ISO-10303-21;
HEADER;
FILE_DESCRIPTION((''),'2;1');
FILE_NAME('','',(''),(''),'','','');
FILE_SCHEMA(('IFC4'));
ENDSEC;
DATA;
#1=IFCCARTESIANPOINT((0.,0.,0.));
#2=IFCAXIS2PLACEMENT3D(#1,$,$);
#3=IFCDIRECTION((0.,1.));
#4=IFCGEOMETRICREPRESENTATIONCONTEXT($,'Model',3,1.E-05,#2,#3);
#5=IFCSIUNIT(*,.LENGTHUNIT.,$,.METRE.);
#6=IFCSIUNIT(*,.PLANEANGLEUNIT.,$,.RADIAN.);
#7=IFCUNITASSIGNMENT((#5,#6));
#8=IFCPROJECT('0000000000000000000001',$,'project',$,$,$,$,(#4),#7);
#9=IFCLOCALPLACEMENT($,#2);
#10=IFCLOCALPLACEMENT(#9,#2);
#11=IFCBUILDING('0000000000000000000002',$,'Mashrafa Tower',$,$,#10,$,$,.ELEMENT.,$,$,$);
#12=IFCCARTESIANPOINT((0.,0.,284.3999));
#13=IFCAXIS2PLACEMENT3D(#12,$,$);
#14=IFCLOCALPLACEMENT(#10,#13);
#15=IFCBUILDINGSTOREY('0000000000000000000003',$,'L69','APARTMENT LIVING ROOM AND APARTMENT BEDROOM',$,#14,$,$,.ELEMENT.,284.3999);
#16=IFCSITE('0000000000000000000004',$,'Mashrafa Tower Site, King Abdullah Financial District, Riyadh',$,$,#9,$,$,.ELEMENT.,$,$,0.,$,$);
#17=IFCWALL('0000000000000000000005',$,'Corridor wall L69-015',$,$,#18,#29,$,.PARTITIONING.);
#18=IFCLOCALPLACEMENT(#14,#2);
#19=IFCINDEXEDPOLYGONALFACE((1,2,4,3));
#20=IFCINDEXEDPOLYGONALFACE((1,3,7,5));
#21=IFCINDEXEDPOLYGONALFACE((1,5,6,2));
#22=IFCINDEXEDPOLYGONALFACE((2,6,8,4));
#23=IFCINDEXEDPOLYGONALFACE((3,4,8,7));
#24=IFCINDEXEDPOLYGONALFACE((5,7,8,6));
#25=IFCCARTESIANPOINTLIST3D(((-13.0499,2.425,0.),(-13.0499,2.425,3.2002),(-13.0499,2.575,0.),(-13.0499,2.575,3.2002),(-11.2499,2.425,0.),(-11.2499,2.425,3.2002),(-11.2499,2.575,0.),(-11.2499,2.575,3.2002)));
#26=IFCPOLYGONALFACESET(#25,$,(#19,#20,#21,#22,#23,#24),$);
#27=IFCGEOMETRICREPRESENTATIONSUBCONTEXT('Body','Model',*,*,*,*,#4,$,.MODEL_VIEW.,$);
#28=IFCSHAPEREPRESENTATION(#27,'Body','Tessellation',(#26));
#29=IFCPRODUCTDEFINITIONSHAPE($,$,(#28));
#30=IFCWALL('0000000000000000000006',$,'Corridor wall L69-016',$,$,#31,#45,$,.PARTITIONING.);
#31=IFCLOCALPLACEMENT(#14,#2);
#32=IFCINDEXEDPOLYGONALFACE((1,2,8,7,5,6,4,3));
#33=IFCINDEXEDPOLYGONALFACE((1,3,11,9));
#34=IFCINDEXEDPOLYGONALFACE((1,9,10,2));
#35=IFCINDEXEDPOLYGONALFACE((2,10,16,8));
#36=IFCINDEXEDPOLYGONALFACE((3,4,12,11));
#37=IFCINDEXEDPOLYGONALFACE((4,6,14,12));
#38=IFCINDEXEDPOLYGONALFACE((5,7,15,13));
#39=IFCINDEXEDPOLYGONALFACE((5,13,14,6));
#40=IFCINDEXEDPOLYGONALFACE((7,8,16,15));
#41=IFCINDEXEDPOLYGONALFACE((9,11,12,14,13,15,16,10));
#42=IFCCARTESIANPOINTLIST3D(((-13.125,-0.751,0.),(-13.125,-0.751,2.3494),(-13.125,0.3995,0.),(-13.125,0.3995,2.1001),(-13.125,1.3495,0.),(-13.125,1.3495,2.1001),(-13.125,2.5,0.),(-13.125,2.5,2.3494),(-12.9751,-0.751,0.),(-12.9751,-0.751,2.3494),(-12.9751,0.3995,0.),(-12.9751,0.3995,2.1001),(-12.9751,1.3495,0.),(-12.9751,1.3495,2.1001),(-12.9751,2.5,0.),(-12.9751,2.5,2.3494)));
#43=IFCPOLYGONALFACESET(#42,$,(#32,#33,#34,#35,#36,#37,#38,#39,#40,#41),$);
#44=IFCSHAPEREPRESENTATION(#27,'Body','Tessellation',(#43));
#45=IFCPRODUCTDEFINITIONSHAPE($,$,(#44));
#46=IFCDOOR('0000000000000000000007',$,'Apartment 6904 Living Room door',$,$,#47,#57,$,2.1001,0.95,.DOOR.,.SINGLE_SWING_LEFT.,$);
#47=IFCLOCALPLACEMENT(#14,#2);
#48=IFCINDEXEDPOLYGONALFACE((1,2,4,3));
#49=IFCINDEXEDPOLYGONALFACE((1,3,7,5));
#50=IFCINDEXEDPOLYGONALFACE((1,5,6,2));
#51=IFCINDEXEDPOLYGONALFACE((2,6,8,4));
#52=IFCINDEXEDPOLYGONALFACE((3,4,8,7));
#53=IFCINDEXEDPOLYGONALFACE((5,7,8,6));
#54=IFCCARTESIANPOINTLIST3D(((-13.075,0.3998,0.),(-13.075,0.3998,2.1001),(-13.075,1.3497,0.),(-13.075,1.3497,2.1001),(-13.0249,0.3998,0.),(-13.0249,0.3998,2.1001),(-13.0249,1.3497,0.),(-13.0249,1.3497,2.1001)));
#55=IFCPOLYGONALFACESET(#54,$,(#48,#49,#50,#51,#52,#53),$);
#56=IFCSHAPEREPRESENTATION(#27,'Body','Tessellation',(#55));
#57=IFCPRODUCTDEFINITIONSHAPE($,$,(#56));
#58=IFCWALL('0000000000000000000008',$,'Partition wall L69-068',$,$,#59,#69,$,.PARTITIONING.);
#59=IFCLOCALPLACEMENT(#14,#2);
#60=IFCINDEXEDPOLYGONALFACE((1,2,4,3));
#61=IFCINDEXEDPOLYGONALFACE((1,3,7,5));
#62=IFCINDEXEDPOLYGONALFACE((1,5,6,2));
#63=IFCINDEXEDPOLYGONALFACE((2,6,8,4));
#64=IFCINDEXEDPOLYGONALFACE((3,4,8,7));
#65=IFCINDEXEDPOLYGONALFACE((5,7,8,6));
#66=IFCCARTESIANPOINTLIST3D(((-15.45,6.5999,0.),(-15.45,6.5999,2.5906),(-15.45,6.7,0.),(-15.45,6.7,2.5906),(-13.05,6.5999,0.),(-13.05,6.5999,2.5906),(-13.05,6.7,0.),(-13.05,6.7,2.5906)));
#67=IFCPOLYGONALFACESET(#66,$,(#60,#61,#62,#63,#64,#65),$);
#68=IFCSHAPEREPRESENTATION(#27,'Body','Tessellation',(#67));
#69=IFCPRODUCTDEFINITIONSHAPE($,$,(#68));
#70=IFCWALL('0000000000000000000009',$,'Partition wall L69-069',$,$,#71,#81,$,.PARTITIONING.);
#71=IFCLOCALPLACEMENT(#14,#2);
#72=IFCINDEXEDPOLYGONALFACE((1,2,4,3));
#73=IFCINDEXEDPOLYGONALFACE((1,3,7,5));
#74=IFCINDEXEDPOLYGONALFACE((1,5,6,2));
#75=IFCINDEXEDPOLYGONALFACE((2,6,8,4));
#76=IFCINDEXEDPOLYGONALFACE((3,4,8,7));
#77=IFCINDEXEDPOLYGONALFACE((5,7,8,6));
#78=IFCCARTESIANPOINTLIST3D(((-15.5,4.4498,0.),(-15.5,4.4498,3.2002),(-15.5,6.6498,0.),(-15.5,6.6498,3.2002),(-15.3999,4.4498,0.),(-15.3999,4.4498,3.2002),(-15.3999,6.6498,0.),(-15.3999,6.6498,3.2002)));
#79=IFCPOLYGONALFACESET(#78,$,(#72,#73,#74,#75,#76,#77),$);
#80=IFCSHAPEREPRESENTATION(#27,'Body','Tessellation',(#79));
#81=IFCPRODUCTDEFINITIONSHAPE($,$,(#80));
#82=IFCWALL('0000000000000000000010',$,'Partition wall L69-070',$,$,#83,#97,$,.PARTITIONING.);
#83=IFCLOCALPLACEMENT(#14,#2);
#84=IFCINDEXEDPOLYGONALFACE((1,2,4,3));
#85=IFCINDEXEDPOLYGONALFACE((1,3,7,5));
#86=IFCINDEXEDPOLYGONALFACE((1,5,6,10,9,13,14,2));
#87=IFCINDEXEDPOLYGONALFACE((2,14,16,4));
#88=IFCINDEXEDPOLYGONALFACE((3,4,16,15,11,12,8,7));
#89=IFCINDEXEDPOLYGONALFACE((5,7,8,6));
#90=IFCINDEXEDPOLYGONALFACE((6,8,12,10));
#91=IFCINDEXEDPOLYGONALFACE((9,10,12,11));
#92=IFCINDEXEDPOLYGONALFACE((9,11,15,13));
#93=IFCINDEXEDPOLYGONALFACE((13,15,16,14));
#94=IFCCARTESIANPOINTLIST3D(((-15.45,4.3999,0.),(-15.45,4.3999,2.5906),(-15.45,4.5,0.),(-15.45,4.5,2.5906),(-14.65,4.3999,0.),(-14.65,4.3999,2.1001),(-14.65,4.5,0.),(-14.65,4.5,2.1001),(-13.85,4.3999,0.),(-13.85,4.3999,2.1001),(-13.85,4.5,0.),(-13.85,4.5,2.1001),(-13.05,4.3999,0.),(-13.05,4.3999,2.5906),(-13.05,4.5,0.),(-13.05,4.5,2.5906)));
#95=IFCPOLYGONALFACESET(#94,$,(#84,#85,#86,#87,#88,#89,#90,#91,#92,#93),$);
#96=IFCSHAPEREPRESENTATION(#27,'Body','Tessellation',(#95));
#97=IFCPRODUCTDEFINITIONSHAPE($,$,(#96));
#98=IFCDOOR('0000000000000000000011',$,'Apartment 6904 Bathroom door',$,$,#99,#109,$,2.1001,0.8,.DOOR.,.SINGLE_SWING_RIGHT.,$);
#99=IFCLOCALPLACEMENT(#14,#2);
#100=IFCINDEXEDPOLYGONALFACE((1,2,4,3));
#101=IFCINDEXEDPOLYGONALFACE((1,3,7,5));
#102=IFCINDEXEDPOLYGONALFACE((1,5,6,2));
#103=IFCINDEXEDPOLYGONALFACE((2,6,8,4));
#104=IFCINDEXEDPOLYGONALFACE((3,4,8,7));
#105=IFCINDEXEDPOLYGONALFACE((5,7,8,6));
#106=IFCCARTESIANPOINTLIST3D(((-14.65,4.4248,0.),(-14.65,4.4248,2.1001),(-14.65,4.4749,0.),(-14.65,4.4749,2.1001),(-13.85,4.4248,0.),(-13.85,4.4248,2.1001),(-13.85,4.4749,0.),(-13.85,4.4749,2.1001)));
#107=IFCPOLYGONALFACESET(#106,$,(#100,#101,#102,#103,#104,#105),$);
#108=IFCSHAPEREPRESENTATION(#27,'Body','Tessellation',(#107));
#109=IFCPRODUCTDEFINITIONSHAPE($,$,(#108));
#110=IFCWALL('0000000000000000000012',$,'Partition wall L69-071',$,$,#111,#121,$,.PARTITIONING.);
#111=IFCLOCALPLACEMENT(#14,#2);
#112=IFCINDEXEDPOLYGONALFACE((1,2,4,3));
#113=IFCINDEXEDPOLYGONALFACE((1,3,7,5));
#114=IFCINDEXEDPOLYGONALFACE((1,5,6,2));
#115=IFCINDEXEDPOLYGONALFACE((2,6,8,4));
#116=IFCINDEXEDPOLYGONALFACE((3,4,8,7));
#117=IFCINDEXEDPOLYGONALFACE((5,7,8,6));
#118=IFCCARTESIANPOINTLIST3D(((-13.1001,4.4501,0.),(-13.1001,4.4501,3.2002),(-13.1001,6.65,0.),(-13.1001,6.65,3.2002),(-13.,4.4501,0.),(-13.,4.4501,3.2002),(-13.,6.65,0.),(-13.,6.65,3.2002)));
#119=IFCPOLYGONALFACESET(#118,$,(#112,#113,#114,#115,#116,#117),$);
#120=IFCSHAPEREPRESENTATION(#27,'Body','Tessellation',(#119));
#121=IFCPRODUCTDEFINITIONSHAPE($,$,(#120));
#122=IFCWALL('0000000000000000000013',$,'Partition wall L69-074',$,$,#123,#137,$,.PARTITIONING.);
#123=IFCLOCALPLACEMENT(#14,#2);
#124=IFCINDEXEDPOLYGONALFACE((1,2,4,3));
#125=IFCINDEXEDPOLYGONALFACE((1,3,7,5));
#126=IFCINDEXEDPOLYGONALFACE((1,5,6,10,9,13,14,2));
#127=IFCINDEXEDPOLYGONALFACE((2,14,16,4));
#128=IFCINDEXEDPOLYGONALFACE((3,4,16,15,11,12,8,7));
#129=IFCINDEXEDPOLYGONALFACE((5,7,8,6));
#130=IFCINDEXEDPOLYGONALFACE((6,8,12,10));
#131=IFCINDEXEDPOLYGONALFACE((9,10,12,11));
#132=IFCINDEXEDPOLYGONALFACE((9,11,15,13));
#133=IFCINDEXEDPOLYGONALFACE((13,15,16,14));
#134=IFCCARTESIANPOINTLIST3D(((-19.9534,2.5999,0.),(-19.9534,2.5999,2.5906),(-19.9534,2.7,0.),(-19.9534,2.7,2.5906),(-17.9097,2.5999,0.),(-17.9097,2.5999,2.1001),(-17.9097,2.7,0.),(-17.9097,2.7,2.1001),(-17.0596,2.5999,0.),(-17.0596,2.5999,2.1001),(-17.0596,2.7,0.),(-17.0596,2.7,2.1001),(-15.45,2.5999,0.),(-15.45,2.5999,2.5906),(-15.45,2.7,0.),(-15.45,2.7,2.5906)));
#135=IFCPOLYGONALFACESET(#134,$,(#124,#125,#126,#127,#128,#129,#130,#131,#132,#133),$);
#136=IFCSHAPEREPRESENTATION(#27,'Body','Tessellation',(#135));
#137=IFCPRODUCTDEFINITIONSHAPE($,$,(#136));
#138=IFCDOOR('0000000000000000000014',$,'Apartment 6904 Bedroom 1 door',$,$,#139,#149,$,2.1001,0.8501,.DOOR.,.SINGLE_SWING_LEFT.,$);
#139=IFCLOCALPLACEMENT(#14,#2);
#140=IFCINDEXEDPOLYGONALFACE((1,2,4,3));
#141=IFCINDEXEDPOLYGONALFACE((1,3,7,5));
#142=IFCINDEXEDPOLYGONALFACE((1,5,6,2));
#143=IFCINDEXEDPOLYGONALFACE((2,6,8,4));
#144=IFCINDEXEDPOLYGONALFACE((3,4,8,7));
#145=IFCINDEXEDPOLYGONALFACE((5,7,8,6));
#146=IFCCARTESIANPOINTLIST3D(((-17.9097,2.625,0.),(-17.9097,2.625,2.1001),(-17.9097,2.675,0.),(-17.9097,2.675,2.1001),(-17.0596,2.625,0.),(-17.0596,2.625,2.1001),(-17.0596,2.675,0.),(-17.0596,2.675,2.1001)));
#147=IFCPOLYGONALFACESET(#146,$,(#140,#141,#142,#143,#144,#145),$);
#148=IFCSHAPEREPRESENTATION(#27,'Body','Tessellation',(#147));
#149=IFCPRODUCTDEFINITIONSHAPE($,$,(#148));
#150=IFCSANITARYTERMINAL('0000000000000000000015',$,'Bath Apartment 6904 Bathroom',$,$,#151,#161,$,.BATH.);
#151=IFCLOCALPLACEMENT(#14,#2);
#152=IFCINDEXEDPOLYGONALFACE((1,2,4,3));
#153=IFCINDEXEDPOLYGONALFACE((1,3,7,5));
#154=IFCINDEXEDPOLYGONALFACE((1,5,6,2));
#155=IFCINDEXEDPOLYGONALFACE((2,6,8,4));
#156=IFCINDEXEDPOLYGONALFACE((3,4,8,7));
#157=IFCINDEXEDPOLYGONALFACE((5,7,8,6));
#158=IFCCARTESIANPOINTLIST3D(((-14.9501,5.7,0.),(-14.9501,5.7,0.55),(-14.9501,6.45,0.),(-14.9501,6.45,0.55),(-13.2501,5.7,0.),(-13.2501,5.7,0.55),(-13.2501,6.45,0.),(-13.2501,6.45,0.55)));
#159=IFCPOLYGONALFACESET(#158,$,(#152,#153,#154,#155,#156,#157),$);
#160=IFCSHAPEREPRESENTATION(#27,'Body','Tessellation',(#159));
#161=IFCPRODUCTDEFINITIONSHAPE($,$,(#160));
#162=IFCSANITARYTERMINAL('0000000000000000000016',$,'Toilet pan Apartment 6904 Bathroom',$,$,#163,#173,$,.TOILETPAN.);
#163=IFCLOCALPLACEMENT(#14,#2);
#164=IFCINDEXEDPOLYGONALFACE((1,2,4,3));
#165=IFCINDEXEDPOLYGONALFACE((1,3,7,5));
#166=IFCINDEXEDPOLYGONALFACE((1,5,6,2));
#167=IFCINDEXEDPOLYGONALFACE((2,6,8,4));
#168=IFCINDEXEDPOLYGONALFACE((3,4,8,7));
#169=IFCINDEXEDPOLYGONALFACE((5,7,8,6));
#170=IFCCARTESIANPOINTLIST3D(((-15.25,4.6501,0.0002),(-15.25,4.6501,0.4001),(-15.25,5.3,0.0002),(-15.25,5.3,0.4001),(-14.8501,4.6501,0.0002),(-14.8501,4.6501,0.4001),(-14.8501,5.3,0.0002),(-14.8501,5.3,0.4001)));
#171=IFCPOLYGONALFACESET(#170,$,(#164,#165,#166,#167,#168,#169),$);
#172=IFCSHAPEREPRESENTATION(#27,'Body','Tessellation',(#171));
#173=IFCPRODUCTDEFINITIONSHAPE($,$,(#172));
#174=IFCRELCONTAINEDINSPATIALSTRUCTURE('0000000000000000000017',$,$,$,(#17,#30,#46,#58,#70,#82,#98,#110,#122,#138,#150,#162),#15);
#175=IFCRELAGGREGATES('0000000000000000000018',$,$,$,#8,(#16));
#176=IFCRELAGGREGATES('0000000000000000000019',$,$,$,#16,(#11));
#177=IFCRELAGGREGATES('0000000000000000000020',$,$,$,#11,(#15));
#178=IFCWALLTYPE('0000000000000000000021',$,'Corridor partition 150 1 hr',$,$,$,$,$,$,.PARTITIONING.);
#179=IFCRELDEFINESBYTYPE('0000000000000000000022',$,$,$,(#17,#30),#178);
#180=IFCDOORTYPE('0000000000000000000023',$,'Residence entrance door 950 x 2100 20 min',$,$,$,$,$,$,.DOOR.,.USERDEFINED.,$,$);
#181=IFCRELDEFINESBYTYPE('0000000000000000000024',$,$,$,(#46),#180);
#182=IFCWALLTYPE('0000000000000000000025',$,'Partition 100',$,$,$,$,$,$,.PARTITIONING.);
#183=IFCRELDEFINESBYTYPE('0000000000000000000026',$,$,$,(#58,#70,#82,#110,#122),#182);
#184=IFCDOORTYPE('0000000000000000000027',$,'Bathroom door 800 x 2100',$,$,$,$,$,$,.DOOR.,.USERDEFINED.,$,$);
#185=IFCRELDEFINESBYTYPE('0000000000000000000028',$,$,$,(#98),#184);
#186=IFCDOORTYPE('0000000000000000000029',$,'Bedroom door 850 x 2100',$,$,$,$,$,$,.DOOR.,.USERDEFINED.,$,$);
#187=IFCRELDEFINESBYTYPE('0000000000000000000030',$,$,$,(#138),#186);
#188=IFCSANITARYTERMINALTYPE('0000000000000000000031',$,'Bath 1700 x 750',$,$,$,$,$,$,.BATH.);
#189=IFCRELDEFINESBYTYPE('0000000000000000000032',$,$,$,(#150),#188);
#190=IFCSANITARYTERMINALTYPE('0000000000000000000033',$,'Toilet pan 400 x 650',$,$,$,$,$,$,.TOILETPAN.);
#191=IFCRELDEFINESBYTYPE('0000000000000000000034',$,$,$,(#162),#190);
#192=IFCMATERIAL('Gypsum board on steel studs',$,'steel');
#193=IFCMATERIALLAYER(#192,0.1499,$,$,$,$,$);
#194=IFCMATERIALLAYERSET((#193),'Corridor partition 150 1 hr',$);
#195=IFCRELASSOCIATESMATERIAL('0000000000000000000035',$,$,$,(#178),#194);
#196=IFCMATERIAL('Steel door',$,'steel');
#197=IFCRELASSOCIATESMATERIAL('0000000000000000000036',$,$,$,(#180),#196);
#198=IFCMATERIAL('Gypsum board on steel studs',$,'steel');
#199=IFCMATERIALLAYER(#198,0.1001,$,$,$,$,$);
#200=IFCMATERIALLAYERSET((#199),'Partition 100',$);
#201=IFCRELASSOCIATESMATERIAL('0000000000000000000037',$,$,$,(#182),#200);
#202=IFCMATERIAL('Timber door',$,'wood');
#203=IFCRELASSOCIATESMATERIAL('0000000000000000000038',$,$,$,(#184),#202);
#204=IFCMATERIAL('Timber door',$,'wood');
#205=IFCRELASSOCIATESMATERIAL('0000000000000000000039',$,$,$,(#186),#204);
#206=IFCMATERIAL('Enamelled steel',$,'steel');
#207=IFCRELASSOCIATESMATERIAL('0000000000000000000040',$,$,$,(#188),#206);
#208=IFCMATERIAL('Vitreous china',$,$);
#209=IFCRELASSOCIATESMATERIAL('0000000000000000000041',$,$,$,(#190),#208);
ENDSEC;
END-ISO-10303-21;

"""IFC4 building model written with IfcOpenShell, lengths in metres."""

from ifc_helpers import new_model, si_unit, direction, frame, frame_2d, origin, origin_2d, place, context, subcontext, project, spatial, rectangle, extrude, material, layer, layer_set, type_object, element, fill, save


model = new_model("IFC4")

# Units and contexts
model_context = context("Model", 3, precision=1e-05, world=origin(), true_north=direction((0.0, 1.0)))
body_context = subcontext(model_context, "Body", "Model", "MODEL_VIEW")
ifc_project = project(units=[si_unit("LENGTHUNIT", "METRE"), si_unit("PLANEANGLEUNIT", "RADIAN")], contexts=[model_context])

# Site, building, storey
site_placement = place(None, origin())
site = spatial("IfcSite", under=ifc_project, at=site_placement, Name="Mashrafa Tower Site, King Abdullah Financial District, Riyadh", CompositionType="ELEMENT", RefElevation=0.0)
building_placement = place(site_placement, origin())
building = spatial("IfcBuilding", under=site, at=building_placement, Name="Mashrafa Tower", CompositionType="ELEMENT")
storey_placement = place(building_placement, frame((0.0, 0.0, 284.3999)))
storey = spatial("IfcBuildingStorey", under=building, at=storey_placement, Name="L69", Description="APARTMENT LIVING ROOM AND APARTMENT BEDROOM", CompositionType="ELEMENT", Elevation=284.3999)

# Wall
ifc_material_1 = material(Name="Gypsum board on steel studs", Category="steel")
ifc_layer_1 = layer(ifc_material_1, 0.1499)
ifc_layer_set_1 = layer_set([ifc_layer_1], Name="Corridor partition 150 1 hr")
wall_type_1 = type_object("IfcWallType", Name="Corridor partition 150 1 hr", PredefinedType="PARTITIONING", material=ifc_layer_set_1)
wall_1_placement = place(storey_placement, frame((-11.25, 2.5, 0.0), z_axis=(0.0, 0.0, 1.0), x_axis=(-1.0, 0.0, 0.0)))
element("IfcWall", 1, at=wall_1_placement, inside=storey, type_object=wall_type_1, Name="Corridor wall L69-015", PredefinedType="PARTITIONING", context=body_context, shape_type="SweptSolid", body=[
    extrude(rectangle(XDim=1.8, YDim=0.1499, at=frame_2d((0.8999, 0.0))), origin(), (0.0, 0.0, 1.0), 3.2002),
])

# Wall, opening, door
wall_2_placement = place(storey_placement, frame((-13.05, 2.5, 0.0), z_axis=(0.0, 0.0, 1.0), x_axis=(0.0, -1.0, 0.0)))
wall_2 = element("IfcWall", 2, at=wall_2_placement, inside=storey, type_object=wall_type_1, Name="Corridor wall L69-016", PredefinedType="PARTITIONING", context=body_context, shape_type="SweptSolid", body=[
    extrude(rectangle(XDim=3.251, YDim=0.1499, at=frame_2d((1.6255, 0.0))), origin(), (0.0, 0.0, 1.0), 2.3494),
])
opening_1_placement = place(wall_2_placement, frame((1.1504, 0.0, 0.0)))
opening_1 = element("IfcOpeningElement", 3, at=opening_1_placement, cuts=wall_2, PredefinedType="OPENING", context=body_context, shape_type="SweptSolid", body=[
    extrude(rectangle(XDim=0.95, YDim=2.1001, at=frame_2d((0.4751, 1.05))), frame((0.0, 0.085, 0.0), z_axis=(0.0, -1.0, 0.0), x_axis=(1.0, 0.0, 0.0)), (0.0, 0.0, 1.0), 0.1699),
])
ifc_material_2 = material(Name="Steel door", Category="steel")
door_type_1 = type_object("IfcDoorType", Name="Residence entrance door 950 x 2100 20 min", OperationType="USERDEFINED", PredefinedType="DOOR", material=ifc_material_2)
door_1_placement = place(opening_1_placement, frame((0.95, 0.0, 0.0), z_axis=(0.0, 0.0, 1.0), x_axis=(-1.0, 0.0, 0.0)))
door_1 = element("IfcDoor", 4, at=door_1_placement, inside=storey, type_object=door_type_1, Name="Apartment 6904 Living Room door", OperationType="SINGLE_SWING_LEFT", OverallHeight=2.1001, OverallWidth=0.95, PredefinedType="DOOR", context=body_context, shape_type="SweptSolid", body=[
    extrude(rectangle(XDim=0.95, YDim=2.1001, at=frame_2d((0.4751, 1.05))), frame((0.0, 0.0249, 0.0), z_axis=(0.0, -1.0, 0.0), x_axis=(1.0, 0.0, 0.0)), (0.0, 0.0, 1.0), 0.05),
])
fill(opening_1, door_1)

# Walls
ifc_material_3 = material(Name="Gypsum board on steel studs", Category="steel")
ifc_layer_2 = layer(ifc_material_3, 0.1001)
ifc_layer_set_2 = layer_set([ifc_layer_2], Name="Partition 100")
wall_type_2 = type_object("IfcWallType", Name="Partition 100", PredefinedType="PARTITIONING", material=ifc_layer_set_2)
wall_3_placement = place(storey_placement, frame((-15.45, 6.6499, 0.0), z_axis=(0.0, 0.0, 1.0), x_axis=(1.0, 0.0, 0.0)))
element("IfcWall", 5, at=wall_3_placement, inside=storey, type_object=wall_type_2, Name="Partition wall L69-068", PredefinedType="PARTITIONING", context=body_context, shape_type="SweptSolid", body=[
    extrude(rectangle(XDim=2.3999, YDim=0.1001, at=frame_2d((1.2, 0.0))), origin(), (0.0, 0.0, 1.0), 2.5906),
])
wall_4_placement = place(storey_placement, frame((-15.45, 6.6499, 0.0), z_axis=(0.0, 0.0, 1.0), x_axis=(0.0, -1.0, 0.0)))
element("IfcWall", 6, at=wall_4_placement, inside=storey, type_object=wall_type_2, Name="Partition wall L69-069", PredefinedType="PARTITIONING", context=body_context, shape_type="SweptSolid", body=[
    extrude(rectangle(XDim=2.2, YDim=0.1001, at=frame_2d((1.1001, 0.0))), origin(), (0.0, 0.0, 1.0), 3.2002),
])

# Wall, opening, door
wall_5_placement = place(storey_placement, frame((-15.45, 4.45, 0.0), z_axis=(0.0, 0.0, 1.0), x_axis=(1.0, 0.0, 0.0)))
wall_5 = element("IfcWall", 7, at=wall_5_placement, inside=storey, type_object=wall_type_2, Name="Partition wall L69-070", PredefinedType="PARTITIONING", context=body_context, shape_type="SweptSolid", body=[
    extrude(rectangle(XDim=2.3999, YDim=0.1001, at=frame_2d((1.2, 0.0))), origin(), (0.0, 0.0, 1.0), 2.5906),
])
opening_2_placement = place(wall_5_placement, frame((0.8, 0.0, 0.0)))
opening_2 = element("IfcOpeningElement", 8, at=opening_2_placement, cuts=wall_5, PredefinedType="OPENING", context=body_context, shape_type="SweptSolid", body=[
    extrude(rectangle(XDim=0.8, YDim=2.1001, at=frame_2d((0.3999, 1.05))), frame((0.0, 0.0601, 0.0), z_axis=(0.0, -1.0, 0.0), x_axis=(1.0, 0.0, 0.0)), (0.0, 0.0, 1.0), 0.1201),
])
ifc_material_4 = material(Name="Timber door", Category="wood")
door_type_2 = type_object("IfcDoorType", Name="Bathroom door 800 x 2100", OperationType="USERDEFINED", PredefinedType="DOOR", material=ifc_material_4)
door_2_placement = place(opening_2_placement, origin())
door_2 = element("IfcDoor", 9, at=door_2_placement, inside=storey, type_object=door_type_2, Name="Apartment 6904 Bathroom door", OperationType="SINGLE_SWING_RIGHT", OverallHeight=2.1001, OverallWidth=0.8, PredefinedType="DOOR", context=body_context, shape_type="SweptSolid", body=[
    extrude(rectangle(XDim=0.8, YDim=2.1001, at=frame_2d((0.3999, 1.05))), frame((0.0, 0.0249, 0.0), z_axis=(0.0, -1.0, 0.0), x_axis=(1.0, 0.0, 0.0)), (0.0, 0.0, 1.0), 0.05),
])
fill(opening_2, door_2)

# Wall
wall_6_placement = place(storey_placement, frame((-13.05, 4.45, 0.0), z_axis=(0.0, 0.0, 1.0), x_axis=(0.0, 1.0, 0.0)))
element("IfcWall", 10, at=wall_6_placement, inside=storey, type_object=wall_type_2, Name="Partition wall L69-071", PredefinedType="PARTITIONING", context=body_context, shape_type="SweptSolid", body=[
    extrude(rectangle(XDim=2.2, YDim=0.1001, at=frame_2d((1.1001, 0.0))), origin(), (0.0, 0.0, 1.0), 3.2002),
])

# Wall, opening, door
wall_7_placement = place(storey_placement, frame((-15.45, 2.6499, 0.0), z_axis=(0.0, 0.0, 1.0), x_axis=(-1.0, 0.0, 0.0)))
wall_7 = element("IfcWall", 11, at=wall_7_placement, inside=storey, type_object=wall_type_2, Name="Partition wall L69-074", PredefinedType="PARTITIONING", context=body_context, shape_type="SweptSolid", body=[
    extrude(rectangle(XDim=4.5034, YDim=0.1001, at=frame_2d((2.2517, 0.0))), origin(), (0.0, 0.0, 1.0), 2.5906),
])
opening_3_placement = place(wall_7_placement, frame((1.6096, 0.0, 0.0)))
opening_3 = element("IfcOpeningElement", 12, at=opening_3_placement, cuts=wall_7, PredefinedType="OPENING", context=body_context, shape_type="SweptSolid", body=[
    extrude(rectangle(XDim=0.8501, YDim=2.1001, at=frame_2d((0.425, 1.05))), frame((0.0, 0.0601, 0.0), z_axis=(0.0, -1.0, 0.0), x_axis=(1.0, 0.0, 0.0)), (0.0, 0.0, 1.0), 0.1201),
])
ifc_material_5 = material(Name="Timber door", Category="wood")
door_type_3 = type_object("IfcDoorType", Name="Bedroom door 850 x 2100", OperationType="USERDEFINED", PredefinedType="DOOR", material=ifc_material_5)
door_3_placement = place(opening_3_placement, origin())
door_3 = element("IfcDoor", 13, at=door_3_placement, inside=storey, type_object=door_type_3, Name="Apartment 6904 Bedroom 1 door", OperationType="SINGLE_SWING_LEFT", OverallHeight=2.1001, OverallWidth=0.8501, PredefinedType="DOOR", context=body_context, shape_type="SweptSolid", body=[
    extrude(rectangle(XDim=0.8501, YDim=2.1001, at=frame_2d((0.425, 1.05))), frame((0.0, 0.0249, 0.0), z_axis=(0.0, -1.0, 0.0), x_axis=(1.0, 0.0, 0.0)), (0.0, 0.0, 1.0), 0.05),
])
fill(opening_3, door_3)

# Sanitary terminals
ifc_material_6 = material(Name="Enamelled steel", Category="steel")
sanitary_terminal_type_1 = type_object("IfcSanitaryTerminalType", Name="Bath 1700 x 750", PredefinedType="BATH", material=ifc_material_6)
sanitary_terminal_1_placement = place(storey_placement, frame((-14.1001, 6.075, 0.0), z_axis=(0.0, 0.0, 1.0), x_axis=(-1.0, 0.0, 0.0)))
element("IfcSanitaryTerminal", 14, at=sanitary_terminal_1_placement, inside=storey, type_object=sanitary_terminal_type_1, Name="Bath Apartment 6904 Bathroom", PredefinedType="BATH", context=body_context, shape_type="SweptSolid", body=[
    extrude(rectangle(XDim=1.7, YDim=0.75, at=origin_2d()), origin(), (0.0, 0.0, 1.0), 0.55),
])
ifc_material_7 = material(Name="Vitreous china")
sanitary_terminal_type_2 = type_object("IfcSanitaryTerminalType", Name="Toilet pan 400 x 650", PredefinedType="TOILETPAN", material=ifc_material_7)
sanitary_terminal_2_placement = place(storey_placement, frame((-15.05, 4.9751, 0.0002), z_axis=(0.0, 0.0, 1.0), x_axis=(1.0, 0.0, 0.0)))
element("IfcSanitaryTerminal", 15, at=sanitary_terminal_2_placement, inside=storey, type_object=sanitary_terminal_type_2, Name="Toilet pan Apartment 6904 Bathroom", PredefinedType="TOILETPAN", context=body_context, shape_type="SweptSolid", body=[
    extrude(rectangle(XDim=0.3999, YDim=0.6499, at=origin_2d()), origin(), (0.0, 0.0, 1.0), 0.3999),
])

save(model, "model.ifc")
